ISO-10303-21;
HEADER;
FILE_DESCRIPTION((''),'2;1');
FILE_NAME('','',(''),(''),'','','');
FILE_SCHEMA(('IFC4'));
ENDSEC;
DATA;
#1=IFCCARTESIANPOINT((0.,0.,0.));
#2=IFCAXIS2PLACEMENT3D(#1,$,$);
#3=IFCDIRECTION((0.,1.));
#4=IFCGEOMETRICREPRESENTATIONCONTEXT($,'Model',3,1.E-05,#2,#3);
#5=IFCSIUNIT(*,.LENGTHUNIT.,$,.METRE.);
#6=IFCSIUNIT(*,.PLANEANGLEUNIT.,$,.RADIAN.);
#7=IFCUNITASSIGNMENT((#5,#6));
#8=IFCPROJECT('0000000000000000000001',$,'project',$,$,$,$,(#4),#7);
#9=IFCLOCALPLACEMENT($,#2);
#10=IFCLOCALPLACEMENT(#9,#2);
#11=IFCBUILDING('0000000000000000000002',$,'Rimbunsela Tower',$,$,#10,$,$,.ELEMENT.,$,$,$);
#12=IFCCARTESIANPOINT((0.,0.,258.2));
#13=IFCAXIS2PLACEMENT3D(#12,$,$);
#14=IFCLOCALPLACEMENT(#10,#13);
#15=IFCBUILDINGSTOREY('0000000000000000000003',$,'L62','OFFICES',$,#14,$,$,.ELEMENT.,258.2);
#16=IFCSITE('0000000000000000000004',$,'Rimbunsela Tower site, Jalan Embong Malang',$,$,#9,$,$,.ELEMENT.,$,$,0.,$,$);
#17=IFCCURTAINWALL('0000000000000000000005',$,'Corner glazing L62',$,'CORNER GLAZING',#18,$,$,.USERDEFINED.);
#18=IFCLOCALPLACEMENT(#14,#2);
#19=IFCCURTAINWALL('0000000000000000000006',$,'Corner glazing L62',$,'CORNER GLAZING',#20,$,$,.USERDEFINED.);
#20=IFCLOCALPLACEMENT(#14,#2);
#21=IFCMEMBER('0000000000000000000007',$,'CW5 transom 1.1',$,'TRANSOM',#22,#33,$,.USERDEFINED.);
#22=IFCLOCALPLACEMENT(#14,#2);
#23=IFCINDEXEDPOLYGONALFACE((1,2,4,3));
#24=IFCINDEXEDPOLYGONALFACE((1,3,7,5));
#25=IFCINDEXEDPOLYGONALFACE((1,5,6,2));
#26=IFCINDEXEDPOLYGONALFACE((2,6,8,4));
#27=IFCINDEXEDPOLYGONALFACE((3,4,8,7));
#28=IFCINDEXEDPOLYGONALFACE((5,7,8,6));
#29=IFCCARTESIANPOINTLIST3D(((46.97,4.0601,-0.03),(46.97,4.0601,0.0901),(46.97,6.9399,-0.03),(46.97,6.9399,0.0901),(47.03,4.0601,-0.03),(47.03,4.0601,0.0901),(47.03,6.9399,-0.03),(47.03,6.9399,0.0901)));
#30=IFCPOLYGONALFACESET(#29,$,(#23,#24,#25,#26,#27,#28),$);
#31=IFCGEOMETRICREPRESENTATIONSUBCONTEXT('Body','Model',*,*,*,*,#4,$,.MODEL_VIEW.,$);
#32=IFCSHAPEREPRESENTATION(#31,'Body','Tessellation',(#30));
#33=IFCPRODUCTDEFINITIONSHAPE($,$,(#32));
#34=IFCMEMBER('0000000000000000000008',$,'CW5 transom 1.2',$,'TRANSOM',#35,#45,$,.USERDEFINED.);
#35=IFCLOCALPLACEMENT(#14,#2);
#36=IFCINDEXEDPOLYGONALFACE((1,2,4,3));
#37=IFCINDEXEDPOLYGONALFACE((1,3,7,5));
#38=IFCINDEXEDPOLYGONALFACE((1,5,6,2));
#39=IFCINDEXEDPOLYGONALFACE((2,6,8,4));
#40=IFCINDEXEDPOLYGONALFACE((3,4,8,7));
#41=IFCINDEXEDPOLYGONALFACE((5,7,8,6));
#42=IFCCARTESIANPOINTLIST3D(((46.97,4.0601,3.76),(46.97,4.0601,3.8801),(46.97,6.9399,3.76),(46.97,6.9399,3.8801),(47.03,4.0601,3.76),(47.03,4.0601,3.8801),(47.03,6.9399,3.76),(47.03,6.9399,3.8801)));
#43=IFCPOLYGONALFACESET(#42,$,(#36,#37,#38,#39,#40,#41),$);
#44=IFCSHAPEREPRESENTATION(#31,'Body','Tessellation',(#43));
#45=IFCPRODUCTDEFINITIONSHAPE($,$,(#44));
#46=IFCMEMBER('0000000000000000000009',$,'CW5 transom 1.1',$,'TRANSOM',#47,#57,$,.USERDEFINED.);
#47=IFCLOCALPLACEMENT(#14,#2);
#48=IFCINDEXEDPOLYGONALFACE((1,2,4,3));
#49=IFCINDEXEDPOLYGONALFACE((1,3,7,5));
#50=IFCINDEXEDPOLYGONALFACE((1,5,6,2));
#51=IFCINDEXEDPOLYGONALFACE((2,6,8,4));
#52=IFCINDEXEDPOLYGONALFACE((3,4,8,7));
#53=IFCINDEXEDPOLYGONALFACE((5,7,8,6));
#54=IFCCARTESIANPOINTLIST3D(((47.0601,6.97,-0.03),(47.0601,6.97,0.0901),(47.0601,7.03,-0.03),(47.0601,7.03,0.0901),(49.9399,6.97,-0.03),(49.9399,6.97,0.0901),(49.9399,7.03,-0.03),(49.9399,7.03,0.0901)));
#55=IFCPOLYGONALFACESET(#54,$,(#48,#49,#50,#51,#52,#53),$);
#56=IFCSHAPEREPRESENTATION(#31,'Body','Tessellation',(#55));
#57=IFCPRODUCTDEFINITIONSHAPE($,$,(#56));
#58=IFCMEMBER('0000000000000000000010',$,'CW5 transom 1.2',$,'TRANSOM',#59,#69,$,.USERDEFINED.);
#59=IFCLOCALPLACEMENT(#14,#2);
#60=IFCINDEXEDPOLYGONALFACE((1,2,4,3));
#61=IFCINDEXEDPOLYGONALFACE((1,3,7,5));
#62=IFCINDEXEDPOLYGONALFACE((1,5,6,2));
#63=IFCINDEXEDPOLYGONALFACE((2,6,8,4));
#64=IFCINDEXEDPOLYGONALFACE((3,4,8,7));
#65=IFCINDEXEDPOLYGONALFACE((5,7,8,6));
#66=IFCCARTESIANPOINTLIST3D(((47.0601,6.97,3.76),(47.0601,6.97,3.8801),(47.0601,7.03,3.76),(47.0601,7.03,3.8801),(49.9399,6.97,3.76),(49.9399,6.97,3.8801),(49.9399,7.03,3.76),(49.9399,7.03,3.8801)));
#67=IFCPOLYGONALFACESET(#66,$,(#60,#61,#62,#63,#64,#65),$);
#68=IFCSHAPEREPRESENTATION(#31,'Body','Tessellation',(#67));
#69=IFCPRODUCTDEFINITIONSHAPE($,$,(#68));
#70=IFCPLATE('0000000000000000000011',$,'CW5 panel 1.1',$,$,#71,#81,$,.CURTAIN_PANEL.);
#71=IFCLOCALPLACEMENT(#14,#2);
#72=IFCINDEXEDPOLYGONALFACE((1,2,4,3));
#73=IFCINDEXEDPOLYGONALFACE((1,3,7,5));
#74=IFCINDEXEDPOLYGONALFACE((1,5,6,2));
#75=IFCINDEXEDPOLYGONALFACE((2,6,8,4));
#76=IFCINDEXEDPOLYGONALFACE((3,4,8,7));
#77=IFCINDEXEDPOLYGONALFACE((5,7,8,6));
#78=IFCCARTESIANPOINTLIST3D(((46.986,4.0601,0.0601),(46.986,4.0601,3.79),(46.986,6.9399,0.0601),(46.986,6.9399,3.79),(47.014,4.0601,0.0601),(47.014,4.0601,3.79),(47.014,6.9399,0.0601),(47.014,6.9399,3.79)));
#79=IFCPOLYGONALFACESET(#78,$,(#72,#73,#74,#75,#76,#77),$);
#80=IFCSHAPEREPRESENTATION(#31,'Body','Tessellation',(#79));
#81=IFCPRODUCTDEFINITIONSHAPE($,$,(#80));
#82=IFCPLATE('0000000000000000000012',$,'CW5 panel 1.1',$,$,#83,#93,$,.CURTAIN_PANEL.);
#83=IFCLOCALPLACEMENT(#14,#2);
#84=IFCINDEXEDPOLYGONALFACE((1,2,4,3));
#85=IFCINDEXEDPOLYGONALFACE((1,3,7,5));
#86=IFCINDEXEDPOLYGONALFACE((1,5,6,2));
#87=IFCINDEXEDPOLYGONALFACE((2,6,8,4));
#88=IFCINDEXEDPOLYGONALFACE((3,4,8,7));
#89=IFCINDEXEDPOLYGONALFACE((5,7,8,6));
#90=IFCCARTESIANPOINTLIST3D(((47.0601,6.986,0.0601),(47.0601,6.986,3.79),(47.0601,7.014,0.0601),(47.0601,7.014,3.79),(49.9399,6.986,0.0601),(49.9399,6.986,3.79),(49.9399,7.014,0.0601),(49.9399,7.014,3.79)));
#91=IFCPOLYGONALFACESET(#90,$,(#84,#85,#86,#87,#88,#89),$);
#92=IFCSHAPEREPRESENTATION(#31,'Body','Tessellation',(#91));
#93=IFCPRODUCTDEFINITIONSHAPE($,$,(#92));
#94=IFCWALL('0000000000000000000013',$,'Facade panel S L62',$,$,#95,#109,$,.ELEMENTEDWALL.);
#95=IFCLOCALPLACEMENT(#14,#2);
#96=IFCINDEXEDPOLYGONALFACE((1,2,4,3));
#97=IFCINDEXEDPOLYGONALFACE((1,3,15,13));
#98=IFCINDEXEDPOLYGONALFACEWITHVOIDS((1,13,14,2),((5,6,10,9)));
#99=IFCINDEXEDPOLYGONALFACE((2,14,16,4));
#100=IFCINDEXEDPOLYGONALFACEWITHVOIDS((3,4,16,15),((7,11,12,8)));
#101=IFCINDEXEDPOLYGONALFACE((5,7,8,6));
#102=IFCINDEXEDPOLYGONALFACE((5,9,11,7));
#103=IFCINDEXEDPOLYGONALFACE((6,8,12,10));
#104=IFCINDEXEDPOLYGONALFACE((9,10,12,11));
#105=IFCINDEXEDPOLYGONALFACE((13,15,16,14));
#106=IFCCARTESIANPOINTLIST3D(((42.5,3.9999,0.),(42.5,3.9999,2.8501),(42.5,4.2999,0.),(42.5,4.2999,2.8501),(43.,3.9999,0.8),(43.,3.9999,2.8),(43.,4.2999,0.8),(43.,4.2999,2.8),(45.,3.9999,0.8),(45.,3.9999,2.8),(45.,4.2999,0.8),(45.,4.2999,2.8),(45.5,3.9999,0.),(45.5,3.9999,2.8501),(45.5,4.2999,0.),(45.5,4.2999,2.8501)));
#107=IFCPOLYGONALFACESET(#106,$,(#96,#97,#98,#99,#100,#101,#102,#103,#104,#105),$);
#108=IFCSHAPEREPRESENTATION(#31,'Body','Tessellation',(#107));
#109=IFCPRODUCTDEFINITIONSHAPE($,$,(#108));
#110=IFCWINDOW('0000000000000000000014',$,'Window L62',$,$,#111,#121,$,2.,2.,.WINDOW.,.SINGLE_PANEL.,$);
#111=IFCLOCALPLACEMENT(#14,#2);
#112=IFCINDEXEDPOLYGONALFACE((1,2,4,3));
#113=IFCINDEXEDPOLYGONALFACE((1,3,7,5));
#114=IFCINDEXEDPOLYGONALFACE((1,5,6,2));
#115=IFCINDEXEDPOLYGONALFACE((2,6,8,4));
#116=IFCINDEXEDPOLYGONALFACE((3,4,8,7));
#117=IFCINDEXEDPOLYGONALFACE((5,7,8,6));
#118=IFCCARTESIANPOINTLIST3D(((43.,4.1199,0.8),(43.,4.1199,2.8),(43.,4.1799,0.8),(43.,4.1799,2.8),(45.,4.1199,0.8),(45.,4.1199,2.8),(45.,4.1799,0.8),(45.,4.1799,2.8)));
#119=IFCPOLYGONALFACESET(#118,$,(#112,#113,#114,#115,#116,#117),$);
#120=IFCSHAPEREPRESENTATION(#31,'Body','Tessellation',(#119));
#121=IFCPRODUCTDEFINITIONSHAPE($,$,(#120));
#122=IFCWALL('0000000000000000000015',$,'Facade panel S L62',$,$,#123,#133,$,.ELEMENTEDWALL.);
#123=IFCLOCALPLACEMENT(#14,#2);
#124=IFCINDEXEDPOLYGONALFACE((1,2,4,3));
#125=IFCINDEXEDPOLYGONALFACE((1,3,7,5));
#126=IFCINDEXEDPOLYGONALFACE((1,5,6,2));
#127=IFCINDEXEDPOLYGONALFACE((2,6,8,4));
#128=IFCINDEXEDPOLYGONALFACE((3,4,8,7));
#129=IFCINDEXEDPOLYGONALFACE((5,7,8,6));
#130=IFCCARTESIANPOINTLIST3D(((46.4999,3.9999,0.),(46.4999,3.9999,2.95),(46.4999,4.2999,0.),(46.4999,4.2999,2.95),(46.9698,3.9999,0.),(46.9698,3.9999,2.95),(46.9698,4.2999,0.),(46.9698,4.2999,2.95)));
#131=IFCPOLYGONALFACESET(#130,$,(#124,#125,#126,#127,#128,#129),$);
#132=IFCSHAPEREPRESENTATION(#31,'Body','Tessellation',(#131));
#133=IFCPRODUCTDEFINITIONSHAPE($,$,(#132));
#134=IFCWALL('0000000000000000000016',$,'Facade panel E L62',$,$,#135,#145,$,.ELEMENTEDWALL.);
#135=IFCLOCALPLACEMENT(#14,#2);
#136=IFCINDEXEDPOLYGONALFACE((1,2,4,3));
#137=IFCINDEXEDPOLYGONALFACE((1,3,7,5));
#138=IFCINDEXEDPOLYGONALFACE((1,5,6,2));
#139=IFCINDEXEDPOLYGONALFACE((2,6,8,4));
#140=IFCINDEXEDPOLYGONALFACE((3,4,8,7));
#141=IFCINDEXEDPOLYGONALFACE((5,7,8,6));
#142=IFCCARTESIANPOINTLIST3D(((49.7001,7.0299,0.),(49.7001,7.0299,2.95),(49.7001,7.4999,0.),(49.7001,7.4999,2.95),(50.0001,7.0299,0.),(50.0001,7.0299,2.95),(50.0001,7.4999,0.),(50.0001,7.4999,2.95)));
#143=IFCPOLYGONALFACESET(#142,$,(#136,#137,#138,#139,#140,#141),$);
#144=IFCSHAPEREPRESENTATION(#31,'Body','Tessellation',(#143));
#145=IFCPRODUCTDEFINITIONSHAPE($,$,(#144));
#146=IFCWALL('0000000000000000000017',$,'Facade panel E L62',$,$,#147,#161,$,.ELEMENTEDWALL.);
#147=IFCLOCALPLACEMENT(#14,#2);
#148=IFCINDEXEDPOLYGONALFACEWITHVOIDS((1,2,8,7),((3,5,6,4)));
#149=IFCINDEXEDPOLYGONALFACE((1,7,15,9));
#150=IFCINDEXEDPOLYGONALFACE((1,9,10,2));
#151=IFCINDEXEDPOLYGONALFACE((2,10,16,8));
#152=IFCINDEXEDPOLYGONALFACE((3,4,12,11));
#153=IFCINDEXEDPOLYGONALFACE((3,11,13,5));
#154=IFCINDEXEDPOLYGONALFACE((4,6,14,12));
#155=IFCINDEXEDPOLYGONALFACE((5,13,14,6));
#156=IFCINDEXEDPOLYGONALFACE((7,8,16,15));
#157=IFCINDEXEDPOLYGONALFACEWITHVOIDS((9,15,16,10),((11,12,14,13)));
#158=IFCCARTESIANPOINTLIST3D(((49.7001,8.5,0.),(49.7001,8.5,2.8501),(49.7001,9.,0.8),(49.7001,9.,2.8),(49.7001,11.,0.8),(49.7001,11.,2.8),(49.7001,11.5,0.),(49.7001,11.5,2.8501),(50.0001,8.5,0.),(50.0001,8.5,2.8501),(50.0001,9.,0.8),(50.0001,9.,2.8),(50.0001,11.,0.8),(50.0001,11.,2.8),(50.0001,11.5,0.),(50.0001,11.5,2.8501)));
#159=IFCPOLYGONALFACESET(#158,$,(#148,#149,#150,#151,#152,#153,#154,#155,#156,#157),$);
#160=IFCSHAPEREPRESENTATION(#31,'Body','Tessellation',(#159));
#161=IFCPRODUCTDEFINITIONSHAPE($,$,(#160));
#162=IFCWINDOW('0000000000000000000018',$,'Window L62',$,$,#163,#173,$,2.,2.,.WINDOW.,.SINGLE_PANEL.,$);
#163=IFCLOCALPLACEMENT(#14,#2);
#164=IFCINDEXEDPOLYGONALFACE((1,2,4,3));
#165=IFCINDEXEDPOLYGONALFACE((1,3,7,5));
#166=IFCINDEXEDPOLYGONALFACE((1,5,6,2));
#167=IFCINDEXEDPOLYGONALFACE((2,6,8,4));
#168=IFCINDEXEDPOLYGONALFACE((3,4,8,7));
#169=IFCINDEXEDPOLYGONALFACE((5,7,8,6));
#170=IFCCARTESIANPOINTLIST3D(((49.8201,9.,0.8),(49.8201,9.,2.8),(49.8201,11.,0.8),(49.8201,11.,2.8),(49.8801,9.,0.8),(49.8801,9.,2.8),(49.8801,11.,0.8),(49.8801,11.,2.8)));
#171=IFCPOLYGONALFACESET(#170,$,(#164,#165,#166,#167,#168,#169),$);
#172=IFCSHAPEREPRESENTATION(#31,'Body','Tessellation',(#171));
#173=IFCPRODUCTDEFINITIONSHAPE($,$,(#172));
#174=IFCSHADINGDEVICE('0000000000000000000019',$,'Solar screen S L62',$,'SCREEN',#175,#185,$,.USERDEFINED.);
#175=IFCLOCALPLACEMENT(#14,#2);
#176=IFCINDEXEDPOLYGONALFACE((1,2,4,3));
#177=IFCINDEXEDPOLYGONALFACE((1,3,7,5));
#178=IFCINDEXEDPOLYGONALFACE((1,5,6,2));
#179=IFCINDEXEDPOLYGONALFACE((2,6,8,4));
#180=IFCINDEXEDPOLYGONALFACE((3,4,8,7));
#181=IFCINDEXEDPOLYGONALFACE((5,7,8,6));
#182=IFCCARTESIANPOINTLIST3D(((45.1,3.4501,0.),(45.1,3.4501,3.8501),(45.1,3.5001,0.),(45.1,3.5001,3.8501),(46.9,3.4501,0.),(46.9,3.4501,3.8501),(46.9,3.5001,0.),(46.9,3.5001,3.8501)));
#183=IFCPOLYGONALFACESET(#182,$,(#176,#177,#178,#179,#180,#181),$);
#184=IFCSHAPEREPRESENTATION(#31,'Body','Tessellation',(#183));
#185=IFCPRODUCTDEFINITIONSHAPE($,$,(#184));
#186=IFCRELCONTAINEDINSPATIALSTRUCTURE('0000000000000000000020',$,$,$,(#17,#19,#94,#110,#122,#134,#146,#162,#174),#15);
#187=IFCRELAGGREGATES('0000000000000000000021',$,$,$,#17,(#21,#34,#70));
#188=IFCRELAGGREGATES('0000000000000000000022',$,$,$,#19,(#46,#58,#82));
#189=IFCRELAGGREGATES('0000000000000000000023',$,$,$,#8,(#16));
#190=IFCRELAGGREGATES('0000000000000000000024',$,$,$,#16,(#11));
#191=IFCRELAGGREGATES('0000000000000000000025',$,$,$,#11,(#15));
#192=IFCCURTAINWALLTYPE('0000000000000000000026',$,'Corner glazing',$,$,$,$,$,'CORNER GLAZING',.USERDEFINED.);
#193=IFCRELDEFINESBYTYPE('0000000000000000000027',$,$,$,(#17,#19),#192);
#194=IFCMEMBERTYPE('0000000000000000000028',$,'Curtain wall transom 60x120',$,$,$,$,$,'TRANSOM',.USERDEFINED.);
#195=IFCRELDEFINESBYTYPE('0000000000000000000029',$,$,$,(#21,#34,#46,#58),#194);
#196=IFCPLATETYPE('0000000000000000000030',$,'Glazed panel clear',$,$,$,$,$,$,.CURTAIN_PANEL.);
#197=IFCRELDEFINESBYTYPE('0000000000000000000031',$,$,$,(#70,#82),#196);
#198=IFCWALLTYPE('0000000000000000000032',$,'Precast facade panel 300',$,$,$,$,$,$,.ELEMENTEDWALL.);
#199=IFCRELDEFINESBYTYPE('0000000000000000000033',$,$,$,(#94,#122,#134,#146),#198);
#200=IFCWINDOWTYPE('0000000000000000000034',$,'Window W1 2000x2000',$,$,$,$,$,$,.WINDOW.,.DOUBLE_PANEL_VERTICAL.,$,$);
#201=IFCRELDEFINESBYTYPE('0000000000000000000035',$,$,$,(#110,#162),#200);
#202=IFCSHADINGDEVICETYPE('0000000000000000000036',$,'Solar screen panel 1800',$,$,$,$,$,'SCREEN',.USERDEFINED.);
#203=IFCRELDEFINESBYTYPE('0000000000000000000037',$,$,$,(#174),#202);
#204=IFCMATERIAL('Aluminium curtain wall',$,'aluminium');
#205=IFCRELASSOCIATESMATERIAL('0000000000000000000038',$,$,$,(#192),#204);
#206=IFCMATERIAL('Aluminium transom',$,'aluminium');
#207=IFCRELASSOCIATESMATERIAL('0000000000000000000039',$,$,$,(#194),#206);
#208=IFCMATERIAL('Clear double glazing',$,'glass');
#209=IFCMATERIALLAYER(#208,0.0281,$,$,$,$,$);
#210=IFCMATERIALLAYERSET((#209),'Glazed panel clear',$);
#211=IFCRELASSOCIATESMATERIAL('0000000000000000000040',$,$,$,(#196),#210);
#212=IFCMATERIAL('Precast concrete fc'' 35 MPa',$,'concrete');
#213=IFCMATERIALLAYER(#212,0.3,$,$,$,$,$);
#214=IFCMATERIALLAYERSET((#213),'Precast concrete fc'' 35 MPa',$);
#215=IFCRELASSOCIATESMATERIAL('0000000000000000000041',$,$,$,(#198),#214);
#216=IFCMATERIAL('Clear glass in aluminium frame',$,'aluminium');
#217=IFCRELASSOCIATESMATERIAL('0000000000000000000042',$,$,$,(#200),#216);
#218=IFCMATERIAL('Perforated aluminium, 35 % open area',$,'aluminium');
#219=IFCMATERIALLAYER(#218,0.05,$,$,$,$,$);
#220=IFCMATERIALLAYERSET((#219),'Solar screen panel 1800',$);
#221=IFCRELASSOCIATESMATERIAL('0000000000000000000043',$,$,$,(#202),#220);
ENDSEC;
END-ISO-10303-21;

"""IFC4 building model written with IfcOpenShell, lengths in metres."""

from ifc_helpers import new_model, si_unit, direction, frame, frame_2d, origin, origin_2d, place, context, subcontext, project, spatial, rectangle, extrude, material, layer, layer_set, material_profile, profile_set, type_object, element, fill, aggregate, save


model = new_model("IFC4")

# Units and contexts
model_context = context("Model", 3, precision=1e-05, world=origin(), true_north=direction((0.0, 1.0)))
body_context = subcontext(model_context, "Body", "Model", "MODEL_VIEW")
ifc_project = project(units=[si_unit("LENGTHUNIT", "METRE"), si_unit("PLANEANGLEUNIT", "RADIAN")], contexts=[model_context])

# Site, building, storey
site_placement = place(None, origin())
site = spatial("IfcSite", under=ifc_project, at=site_placement, Name="Rimbunsela Tower site, Jalan Embong Malang", CompositionType="ELEMENT", RefElevation=0.0)
building_placement = place(site_placement, origin())
building = spatial("IfcBuilding", under=site, at=building_placement, Name="Rimbunsela Tower", CompositionType="ELEMENT")
storey_placement = place(building_placement, frame((0.0, 0.0, 258.2)))
storey = spatial("IfcBuildingStorey", under=building, at=storey_placement, Name="L62", Description="OFFICES", CompositionType="ELEMENT", Elevation=258.2)

# Curtain walls
ifc_material_1 = material(Name="Aluminium curtain wall", Category="aluminium")
curtain_wall_type = type_object("IfcCurtainWallType", Name="Corner glazing", ElementType="CORNER GLAZING", PredefinedType="USERDEFINED", material=ifc_material_1)
curtain_wall_1_placement = place(storey_placement, origin())
curtain_wall_1 = element("IfcCurtainWall", 1, at=curtain_wall_1_placement, inside=storey, type_object=curtain_wall_type, Name="Corner glazing L62", ObjectType="CORNER GLAZING", PredefinedType="USERDEFINED")
curtain_wall_2_placement = place(storey_placement, origin())
curtain_wall_2 = element("IfcCurtainWall", 2, at=curtain_wall_2_placement, inside=storey, type_object=curtain_wall_type, Name="Corner glazing L62", ObjectType="CORNER GLAZING", PredefinedType="USERDEFINED")

# Members
ifc_material_2 = material(Name="Aluminium transom", Category="aluminium")
ifc_material_profile_1 = material_profile(ifc_material_2, rectangle(XDim=0.0601, YDim=0.1201, at=origin_2d()), Name="Transom 60x120")
ifc_profile_set_1 = profile_set([ifc_material_profile_1], Name="Aluminium transom")
member_type_1 = type_object("IfcMemberType", Name="Curtain wall transom 60x120", ElementType="TRANSOM", PredefinedType="USERDEFINED", material=ifc_profile_set_1)
member_1_placement = place(storey_placement, frame((47.0, 4.0601, 0.03), z_axis=(0.0, 1.0, 0.0), x_axis=(-1.0, 0.0, 0.0)))
member_1 = element("IfcMember", 3, at=member_1_placement, type_object=member_type_1, Name="CW5 transom 1.1", ObjectType="TRANSOM", PredefinedType="USERDEFINED", context=body_context, shape_type="SweptSolid", body=[
    extrude(rectangle(XDim=0.0601, YDim=0.1201, at=origin_2d()), origin(), (0.0, 0.0, 1.0), 2.8799),
])
member_2_placement = place(storey_placement, frame((47.0, 4.0601, 3.8201), z_axis=(0.0, 1.0, 0.0), x_axis=(-1.0, 0.0, 0.0)))
member_2 = element("IfcMember", 4, at=member_2_placement, type_object=member_type_1, Name="CW5 transom 1.2", ObjectType="TRANSOM", PredefinedType="USERDEFINED", context=body_context, shape_type="SweptSolid", body=[
    extrude(rectangle(XDim=0.0601, YDim=0.1201, at=origin_2d()), origin(), (0.0, 0.0, 1.0), 2.8799),
])
member_3_placement = place(storey_placement, frame((47.0601, 7.0, 0.03), z_axis=(1.0, 0.0, 0.0), x_axis=(0.0, 1.0, 0.0)))
member_3 = element("IfcMember", 5, at=member_3_placement, type_object=member_type_1, Name="CW5 transom 1.1", ObjectType="TRANSOM", PredefinedType="USERDEFINED", context=body_context, shape_type="SweptSolid", body=[
    extrude(rectangle(XDim=0.0601, YDim=0.1201, at=origin_2d()), origin(), (0.0, 0.0, 1.0), 2.8799),
])
member_4_placement = place(storey_placement, frame((47.0601, 7.0, 3.8201), z_axis=(1.0, 0.0, 0.0), x_axis=(0.0, 1.0, 0.0)))
member_4 = element("IfcMember", 6, at=member_4_placement, type_object=member_type_1, Name="CW5 transom 1.2", ObjectType="TRANSOM", PredefinedType="USERDEFINED", context=body_context, shape_type="SweptSolid", body=[
    extrude(rectangle(XDim=0.0601, YDim=0.1201, at=origin_2d()), origin(), (0.0, 0.0, 1.0), 2.8799),
])

# Plates
ifc_material_3 = material(Name="Clear double glazing", Category="glass")
ifc_layer_1 = layer(ifc_material_3, 0.0281)
ifc_layer_set_1 = layer_set([ifc_layer_1], Name="Glazed panel clear")
plate_type = type_object("IfcPlateType", Name="Glazed panel clear", PredefinedType="CURTAIN_PANEL", material=ifc_layer_set_1)
plate_1_placement = place(storey_placement, frame((47.0, 5.5, 0.0601), z_axis=(0.0, 0.0, 1.0), x_axis=(0.0, 1.0, 0.0)))
plate_1 = element("IfcPlate", 7, at=plate_1_placement, type_object=plate_type, Name="CW5 panel 1.1", PredefinedType="CURTAIN_PANEL", context=body_context, shape_type="SweptSolid", body=[
    extrude(rectangle(XDim=2.8799, YDim=0.0281, at=origin_2d()), origin(), (0.0, 0.0, 1.0), 3.73),
])
aggregate(curtain_wall_1, [member_1, member_2, plate_1])
plate_2_placement = place(storey_placement, frame((48.5, 7.0, 0.0601), z_axis=(0.0, 0.0, 1.0), x_axis=(1.0, 0.0, 0.0)))
plate_2 = element("IfcPlate", 8, at=plate_2_placement, type_object=plate_type, Name="CW5 panel 1.1", PredefinedType="CURTAIN_PANEL", context=body_context, shape_type="SweptSolid", body=[
    extrude(rectangle(XDim=2.8799, YDim=0.0281, at=origin_2d()), origin(), (0.0, 0.0, 1.0), 3.73),
])
aggregate(curtain_wall_2, [member_3, member_4, plate_2])

# Wall, opening, window
ifc_material_4 = material(Name="Precast concrete fc' 35 MPa", Category="concrete")
ifc_layer_2 = layer(ifc_material_4, 0.3)
ifc_layer_set_2 = layer_set([ifc_layer_2], Name="Precast concrete fc' 35 MPa")
wall_type = type_object("IfcWallType", Name="Precast facade panel 300", PredefinedType="ELEMENTEDWALL", material=ifc_layer_set_2)
wall_1_placement = place(storey_placement, frame((42.5, 4.1499, 0.0), z_axis=(0.0, 0.0, 1.0), x_axis=(1.0, 0.0, 0.0)))
wall_1 = element("IfcWall", 9, at=wall_1_placement, inside=storey, type_object=wall_type, Name="Facade panel S L62", PredefinedType="ELEMENTEDWALL", context=body_context, shape_type="SweptSolid", body=[
    extrude(rectangle(XDim=3.0, YDim=0.3, at=frame_2d((1.5, 0.0))), origin(), (0.0, 0.0, 1.0), 2.8501),
])
opening_1_placement = place(wall_1_placement, frame((0.5, 0.0, 0.8)))
opening_1 = element("IfcOpeningElement", 10, at=opening_1_placement, cuts=wall_1, PredefinedType="OPENING", context=body_context, shape_type="SweptSolid", body=[
    extrude(rectangle(XDim=2.0, YDim=2.0, at=frame_2d((1.0, 1.0))), frame((0.0, 0.1599, 0.0), z_axis=(0.0, -1.0, 0.0), x_axis=(1.0, 0.0, 0.0)), (0.0, 0.0, 1.0), 0.3201),
])
ifc_material_5 = material(Name="Clear glass in aluminium frame", Category="aluminium")
window_type = type_object("IfcWindowType", Name="Window W1 2000x2000", PartitioningType="DOUBLE_PANEL_VERTICAL", PredefinedType="WINDOW", material=ifc_material_5)
window_1_placement = place(opening_1_placement, origin())
window_1 = element("IfcWindow", 11, at=window_1_placement, inside=storey, type_object=window_type, Name="Window L62", OverallHeight=2.0, OverallWidth=2.0, PartitioningType="SINGLE_PANEL", PredefinedType="WINDOW", context=body_context, shape_type="SweptSolid", body=[
    extrude(rectangle(XDim=2.0, YDim=2.0, at=frame_2d((1.0, 1.0))), frame((0.0, 0.03, 0.0), z_axis=(0.0, -1.0, 0.0), x_axis=(1.0, 0.0, 0.0)), (0.0, 0.0, 1.0), 0.0601),
])
fill(opening_1, window_1)

# Walls
for number, where, z_axis, x_axis, name in (
    (12, (46.5, 4.1499, 0.0), (0.0, 0.0, 1.0), (1.0, 0.0, 0.0), "Facade panel S L62"),
    (13, (49.8501, 7.03, 0.0), (0.0, 0.0, 1.0), (0.0, 1.0, 0.0), "Facade panel E L62"),
):
    element("IfcWall", number, at=place(storey_placement, frame(where, z_axis=z_axis, x_axis=x_axis)), inside=storey, type_object=wall_type, Name=name, PredefinedType="ELEMENTEDWALL", context=body_context, shape_type="SweptSolid", body=[
        extrude(rectangle(XDim=0.47, YDim=0.3, at=frame_2d((0.2349, 0.0))), origin(), (0.0, 0.0, 1.0), 2.95),
    ])

# Wall, opening, window
wall_2_placement = place(storey_placement, frame((49.8501, 8.5, 0.0), z_axis=(0.0, 0.0, 1.0), x_axis=(0.0, 1.0, 0.0)))
wall_2 = element("IfcWall", 14, at=wall_2_placement, inside=storey, type_object=wall_type, Name="Facade panel E L62", PredefinedType="ELEMENTEDWALL", context=body_context, shape_type="SweptSolid", body=[
    extrude(rectangle(XDim=3.0, YDim=0.3, at=frame_2d((1.5, 0.0))), origin(), (0.0, 0.0, 1.0), 2.8501),
])
opening_2_placement = place(wall_2_placement, frame((0.5, 0.0, 0.8)))
opening_2 = element("IfcOpeningElement", 15, at=opening_2_placement, cuts=wall_2, PredefinedType="OPENING", context=body_context, shape_type="SweptSolid", body=[
    extrude(rectangle(XDim=2.0, YDim=2.0, at=frame_2d((1.0, 1.0))), frame((0.0, 0.1599, 0.0), z_axis=(0.0, -1.0, 0.0), x_axis=(1.0, 0.0, 0.0)), (0.0, 0.0, 1.0), 0.3201),
])
window_2_placement = place(opening_2_placement, origin())
window_2 = element("IfcWindow", 16, at=window_2_placement, inside=storey, type_object=window_type, Name="Window L62", OverallHeight=2.0, OverallWidth=2.0, PartitioningType="SINGLE_PANEL", PredefinedType="WINDOW", context=body_context, shape_type="SweptSolid", body=[
    extrude(rectangle(XDim=2.0, YDim=2.0, at=frame_2d((1.0, 1.0))), frame((0.0, 0.03, 0.0), z_axis=(0.0, -1.0, 0.0), x_axis=(1.0, 0.0, 0.0)), (0.0, 0.0, 1.0), 0.0601),
])
fill(opening_2, window_2)

# Shading device
ifc_material_6 = material(Name="Perforated aluminium, 35 % open area", Category="aluminium")
ifc_layer_3 = layer(ifc_material_6, 0.05)
ifc_layer_set_3 = layer_set([ifc_layer_3], Name="Solar screen panel 1800")
shading_device_type = type_object("IfcShadingDeviceType", Name="Solar screen panel 1800", ElementType="SCREEN", PredefinedType="USERDEFINED", material=ifc_layer_set_3)
for number, where, z_axis, x_axis, name in (
    (17, (46.0, 3.4751, 0.0), (0.0, 0.0, 1.0), (1.0, 0.0, 0.0), "Solar screen S L62"),
):
    element("IfcShadingDevice", number, at=place(storey_placement, frame(where, z_axis=z_axis, x_axis=x_axis)), inside=storey, type_object=shading_device_type, Name=name, ObjectType="SCREEN", PredefinedType="USERDEFINED", context=body_context, shape_type="SweptSolid", body=[
        extrude(rectangle(XDim=1.8, YDim=0.05, at=origin_2d()), origin(), (0.0, 0.0, 1.0), 3.8501),
    ])

save(model, "model.ifc")
